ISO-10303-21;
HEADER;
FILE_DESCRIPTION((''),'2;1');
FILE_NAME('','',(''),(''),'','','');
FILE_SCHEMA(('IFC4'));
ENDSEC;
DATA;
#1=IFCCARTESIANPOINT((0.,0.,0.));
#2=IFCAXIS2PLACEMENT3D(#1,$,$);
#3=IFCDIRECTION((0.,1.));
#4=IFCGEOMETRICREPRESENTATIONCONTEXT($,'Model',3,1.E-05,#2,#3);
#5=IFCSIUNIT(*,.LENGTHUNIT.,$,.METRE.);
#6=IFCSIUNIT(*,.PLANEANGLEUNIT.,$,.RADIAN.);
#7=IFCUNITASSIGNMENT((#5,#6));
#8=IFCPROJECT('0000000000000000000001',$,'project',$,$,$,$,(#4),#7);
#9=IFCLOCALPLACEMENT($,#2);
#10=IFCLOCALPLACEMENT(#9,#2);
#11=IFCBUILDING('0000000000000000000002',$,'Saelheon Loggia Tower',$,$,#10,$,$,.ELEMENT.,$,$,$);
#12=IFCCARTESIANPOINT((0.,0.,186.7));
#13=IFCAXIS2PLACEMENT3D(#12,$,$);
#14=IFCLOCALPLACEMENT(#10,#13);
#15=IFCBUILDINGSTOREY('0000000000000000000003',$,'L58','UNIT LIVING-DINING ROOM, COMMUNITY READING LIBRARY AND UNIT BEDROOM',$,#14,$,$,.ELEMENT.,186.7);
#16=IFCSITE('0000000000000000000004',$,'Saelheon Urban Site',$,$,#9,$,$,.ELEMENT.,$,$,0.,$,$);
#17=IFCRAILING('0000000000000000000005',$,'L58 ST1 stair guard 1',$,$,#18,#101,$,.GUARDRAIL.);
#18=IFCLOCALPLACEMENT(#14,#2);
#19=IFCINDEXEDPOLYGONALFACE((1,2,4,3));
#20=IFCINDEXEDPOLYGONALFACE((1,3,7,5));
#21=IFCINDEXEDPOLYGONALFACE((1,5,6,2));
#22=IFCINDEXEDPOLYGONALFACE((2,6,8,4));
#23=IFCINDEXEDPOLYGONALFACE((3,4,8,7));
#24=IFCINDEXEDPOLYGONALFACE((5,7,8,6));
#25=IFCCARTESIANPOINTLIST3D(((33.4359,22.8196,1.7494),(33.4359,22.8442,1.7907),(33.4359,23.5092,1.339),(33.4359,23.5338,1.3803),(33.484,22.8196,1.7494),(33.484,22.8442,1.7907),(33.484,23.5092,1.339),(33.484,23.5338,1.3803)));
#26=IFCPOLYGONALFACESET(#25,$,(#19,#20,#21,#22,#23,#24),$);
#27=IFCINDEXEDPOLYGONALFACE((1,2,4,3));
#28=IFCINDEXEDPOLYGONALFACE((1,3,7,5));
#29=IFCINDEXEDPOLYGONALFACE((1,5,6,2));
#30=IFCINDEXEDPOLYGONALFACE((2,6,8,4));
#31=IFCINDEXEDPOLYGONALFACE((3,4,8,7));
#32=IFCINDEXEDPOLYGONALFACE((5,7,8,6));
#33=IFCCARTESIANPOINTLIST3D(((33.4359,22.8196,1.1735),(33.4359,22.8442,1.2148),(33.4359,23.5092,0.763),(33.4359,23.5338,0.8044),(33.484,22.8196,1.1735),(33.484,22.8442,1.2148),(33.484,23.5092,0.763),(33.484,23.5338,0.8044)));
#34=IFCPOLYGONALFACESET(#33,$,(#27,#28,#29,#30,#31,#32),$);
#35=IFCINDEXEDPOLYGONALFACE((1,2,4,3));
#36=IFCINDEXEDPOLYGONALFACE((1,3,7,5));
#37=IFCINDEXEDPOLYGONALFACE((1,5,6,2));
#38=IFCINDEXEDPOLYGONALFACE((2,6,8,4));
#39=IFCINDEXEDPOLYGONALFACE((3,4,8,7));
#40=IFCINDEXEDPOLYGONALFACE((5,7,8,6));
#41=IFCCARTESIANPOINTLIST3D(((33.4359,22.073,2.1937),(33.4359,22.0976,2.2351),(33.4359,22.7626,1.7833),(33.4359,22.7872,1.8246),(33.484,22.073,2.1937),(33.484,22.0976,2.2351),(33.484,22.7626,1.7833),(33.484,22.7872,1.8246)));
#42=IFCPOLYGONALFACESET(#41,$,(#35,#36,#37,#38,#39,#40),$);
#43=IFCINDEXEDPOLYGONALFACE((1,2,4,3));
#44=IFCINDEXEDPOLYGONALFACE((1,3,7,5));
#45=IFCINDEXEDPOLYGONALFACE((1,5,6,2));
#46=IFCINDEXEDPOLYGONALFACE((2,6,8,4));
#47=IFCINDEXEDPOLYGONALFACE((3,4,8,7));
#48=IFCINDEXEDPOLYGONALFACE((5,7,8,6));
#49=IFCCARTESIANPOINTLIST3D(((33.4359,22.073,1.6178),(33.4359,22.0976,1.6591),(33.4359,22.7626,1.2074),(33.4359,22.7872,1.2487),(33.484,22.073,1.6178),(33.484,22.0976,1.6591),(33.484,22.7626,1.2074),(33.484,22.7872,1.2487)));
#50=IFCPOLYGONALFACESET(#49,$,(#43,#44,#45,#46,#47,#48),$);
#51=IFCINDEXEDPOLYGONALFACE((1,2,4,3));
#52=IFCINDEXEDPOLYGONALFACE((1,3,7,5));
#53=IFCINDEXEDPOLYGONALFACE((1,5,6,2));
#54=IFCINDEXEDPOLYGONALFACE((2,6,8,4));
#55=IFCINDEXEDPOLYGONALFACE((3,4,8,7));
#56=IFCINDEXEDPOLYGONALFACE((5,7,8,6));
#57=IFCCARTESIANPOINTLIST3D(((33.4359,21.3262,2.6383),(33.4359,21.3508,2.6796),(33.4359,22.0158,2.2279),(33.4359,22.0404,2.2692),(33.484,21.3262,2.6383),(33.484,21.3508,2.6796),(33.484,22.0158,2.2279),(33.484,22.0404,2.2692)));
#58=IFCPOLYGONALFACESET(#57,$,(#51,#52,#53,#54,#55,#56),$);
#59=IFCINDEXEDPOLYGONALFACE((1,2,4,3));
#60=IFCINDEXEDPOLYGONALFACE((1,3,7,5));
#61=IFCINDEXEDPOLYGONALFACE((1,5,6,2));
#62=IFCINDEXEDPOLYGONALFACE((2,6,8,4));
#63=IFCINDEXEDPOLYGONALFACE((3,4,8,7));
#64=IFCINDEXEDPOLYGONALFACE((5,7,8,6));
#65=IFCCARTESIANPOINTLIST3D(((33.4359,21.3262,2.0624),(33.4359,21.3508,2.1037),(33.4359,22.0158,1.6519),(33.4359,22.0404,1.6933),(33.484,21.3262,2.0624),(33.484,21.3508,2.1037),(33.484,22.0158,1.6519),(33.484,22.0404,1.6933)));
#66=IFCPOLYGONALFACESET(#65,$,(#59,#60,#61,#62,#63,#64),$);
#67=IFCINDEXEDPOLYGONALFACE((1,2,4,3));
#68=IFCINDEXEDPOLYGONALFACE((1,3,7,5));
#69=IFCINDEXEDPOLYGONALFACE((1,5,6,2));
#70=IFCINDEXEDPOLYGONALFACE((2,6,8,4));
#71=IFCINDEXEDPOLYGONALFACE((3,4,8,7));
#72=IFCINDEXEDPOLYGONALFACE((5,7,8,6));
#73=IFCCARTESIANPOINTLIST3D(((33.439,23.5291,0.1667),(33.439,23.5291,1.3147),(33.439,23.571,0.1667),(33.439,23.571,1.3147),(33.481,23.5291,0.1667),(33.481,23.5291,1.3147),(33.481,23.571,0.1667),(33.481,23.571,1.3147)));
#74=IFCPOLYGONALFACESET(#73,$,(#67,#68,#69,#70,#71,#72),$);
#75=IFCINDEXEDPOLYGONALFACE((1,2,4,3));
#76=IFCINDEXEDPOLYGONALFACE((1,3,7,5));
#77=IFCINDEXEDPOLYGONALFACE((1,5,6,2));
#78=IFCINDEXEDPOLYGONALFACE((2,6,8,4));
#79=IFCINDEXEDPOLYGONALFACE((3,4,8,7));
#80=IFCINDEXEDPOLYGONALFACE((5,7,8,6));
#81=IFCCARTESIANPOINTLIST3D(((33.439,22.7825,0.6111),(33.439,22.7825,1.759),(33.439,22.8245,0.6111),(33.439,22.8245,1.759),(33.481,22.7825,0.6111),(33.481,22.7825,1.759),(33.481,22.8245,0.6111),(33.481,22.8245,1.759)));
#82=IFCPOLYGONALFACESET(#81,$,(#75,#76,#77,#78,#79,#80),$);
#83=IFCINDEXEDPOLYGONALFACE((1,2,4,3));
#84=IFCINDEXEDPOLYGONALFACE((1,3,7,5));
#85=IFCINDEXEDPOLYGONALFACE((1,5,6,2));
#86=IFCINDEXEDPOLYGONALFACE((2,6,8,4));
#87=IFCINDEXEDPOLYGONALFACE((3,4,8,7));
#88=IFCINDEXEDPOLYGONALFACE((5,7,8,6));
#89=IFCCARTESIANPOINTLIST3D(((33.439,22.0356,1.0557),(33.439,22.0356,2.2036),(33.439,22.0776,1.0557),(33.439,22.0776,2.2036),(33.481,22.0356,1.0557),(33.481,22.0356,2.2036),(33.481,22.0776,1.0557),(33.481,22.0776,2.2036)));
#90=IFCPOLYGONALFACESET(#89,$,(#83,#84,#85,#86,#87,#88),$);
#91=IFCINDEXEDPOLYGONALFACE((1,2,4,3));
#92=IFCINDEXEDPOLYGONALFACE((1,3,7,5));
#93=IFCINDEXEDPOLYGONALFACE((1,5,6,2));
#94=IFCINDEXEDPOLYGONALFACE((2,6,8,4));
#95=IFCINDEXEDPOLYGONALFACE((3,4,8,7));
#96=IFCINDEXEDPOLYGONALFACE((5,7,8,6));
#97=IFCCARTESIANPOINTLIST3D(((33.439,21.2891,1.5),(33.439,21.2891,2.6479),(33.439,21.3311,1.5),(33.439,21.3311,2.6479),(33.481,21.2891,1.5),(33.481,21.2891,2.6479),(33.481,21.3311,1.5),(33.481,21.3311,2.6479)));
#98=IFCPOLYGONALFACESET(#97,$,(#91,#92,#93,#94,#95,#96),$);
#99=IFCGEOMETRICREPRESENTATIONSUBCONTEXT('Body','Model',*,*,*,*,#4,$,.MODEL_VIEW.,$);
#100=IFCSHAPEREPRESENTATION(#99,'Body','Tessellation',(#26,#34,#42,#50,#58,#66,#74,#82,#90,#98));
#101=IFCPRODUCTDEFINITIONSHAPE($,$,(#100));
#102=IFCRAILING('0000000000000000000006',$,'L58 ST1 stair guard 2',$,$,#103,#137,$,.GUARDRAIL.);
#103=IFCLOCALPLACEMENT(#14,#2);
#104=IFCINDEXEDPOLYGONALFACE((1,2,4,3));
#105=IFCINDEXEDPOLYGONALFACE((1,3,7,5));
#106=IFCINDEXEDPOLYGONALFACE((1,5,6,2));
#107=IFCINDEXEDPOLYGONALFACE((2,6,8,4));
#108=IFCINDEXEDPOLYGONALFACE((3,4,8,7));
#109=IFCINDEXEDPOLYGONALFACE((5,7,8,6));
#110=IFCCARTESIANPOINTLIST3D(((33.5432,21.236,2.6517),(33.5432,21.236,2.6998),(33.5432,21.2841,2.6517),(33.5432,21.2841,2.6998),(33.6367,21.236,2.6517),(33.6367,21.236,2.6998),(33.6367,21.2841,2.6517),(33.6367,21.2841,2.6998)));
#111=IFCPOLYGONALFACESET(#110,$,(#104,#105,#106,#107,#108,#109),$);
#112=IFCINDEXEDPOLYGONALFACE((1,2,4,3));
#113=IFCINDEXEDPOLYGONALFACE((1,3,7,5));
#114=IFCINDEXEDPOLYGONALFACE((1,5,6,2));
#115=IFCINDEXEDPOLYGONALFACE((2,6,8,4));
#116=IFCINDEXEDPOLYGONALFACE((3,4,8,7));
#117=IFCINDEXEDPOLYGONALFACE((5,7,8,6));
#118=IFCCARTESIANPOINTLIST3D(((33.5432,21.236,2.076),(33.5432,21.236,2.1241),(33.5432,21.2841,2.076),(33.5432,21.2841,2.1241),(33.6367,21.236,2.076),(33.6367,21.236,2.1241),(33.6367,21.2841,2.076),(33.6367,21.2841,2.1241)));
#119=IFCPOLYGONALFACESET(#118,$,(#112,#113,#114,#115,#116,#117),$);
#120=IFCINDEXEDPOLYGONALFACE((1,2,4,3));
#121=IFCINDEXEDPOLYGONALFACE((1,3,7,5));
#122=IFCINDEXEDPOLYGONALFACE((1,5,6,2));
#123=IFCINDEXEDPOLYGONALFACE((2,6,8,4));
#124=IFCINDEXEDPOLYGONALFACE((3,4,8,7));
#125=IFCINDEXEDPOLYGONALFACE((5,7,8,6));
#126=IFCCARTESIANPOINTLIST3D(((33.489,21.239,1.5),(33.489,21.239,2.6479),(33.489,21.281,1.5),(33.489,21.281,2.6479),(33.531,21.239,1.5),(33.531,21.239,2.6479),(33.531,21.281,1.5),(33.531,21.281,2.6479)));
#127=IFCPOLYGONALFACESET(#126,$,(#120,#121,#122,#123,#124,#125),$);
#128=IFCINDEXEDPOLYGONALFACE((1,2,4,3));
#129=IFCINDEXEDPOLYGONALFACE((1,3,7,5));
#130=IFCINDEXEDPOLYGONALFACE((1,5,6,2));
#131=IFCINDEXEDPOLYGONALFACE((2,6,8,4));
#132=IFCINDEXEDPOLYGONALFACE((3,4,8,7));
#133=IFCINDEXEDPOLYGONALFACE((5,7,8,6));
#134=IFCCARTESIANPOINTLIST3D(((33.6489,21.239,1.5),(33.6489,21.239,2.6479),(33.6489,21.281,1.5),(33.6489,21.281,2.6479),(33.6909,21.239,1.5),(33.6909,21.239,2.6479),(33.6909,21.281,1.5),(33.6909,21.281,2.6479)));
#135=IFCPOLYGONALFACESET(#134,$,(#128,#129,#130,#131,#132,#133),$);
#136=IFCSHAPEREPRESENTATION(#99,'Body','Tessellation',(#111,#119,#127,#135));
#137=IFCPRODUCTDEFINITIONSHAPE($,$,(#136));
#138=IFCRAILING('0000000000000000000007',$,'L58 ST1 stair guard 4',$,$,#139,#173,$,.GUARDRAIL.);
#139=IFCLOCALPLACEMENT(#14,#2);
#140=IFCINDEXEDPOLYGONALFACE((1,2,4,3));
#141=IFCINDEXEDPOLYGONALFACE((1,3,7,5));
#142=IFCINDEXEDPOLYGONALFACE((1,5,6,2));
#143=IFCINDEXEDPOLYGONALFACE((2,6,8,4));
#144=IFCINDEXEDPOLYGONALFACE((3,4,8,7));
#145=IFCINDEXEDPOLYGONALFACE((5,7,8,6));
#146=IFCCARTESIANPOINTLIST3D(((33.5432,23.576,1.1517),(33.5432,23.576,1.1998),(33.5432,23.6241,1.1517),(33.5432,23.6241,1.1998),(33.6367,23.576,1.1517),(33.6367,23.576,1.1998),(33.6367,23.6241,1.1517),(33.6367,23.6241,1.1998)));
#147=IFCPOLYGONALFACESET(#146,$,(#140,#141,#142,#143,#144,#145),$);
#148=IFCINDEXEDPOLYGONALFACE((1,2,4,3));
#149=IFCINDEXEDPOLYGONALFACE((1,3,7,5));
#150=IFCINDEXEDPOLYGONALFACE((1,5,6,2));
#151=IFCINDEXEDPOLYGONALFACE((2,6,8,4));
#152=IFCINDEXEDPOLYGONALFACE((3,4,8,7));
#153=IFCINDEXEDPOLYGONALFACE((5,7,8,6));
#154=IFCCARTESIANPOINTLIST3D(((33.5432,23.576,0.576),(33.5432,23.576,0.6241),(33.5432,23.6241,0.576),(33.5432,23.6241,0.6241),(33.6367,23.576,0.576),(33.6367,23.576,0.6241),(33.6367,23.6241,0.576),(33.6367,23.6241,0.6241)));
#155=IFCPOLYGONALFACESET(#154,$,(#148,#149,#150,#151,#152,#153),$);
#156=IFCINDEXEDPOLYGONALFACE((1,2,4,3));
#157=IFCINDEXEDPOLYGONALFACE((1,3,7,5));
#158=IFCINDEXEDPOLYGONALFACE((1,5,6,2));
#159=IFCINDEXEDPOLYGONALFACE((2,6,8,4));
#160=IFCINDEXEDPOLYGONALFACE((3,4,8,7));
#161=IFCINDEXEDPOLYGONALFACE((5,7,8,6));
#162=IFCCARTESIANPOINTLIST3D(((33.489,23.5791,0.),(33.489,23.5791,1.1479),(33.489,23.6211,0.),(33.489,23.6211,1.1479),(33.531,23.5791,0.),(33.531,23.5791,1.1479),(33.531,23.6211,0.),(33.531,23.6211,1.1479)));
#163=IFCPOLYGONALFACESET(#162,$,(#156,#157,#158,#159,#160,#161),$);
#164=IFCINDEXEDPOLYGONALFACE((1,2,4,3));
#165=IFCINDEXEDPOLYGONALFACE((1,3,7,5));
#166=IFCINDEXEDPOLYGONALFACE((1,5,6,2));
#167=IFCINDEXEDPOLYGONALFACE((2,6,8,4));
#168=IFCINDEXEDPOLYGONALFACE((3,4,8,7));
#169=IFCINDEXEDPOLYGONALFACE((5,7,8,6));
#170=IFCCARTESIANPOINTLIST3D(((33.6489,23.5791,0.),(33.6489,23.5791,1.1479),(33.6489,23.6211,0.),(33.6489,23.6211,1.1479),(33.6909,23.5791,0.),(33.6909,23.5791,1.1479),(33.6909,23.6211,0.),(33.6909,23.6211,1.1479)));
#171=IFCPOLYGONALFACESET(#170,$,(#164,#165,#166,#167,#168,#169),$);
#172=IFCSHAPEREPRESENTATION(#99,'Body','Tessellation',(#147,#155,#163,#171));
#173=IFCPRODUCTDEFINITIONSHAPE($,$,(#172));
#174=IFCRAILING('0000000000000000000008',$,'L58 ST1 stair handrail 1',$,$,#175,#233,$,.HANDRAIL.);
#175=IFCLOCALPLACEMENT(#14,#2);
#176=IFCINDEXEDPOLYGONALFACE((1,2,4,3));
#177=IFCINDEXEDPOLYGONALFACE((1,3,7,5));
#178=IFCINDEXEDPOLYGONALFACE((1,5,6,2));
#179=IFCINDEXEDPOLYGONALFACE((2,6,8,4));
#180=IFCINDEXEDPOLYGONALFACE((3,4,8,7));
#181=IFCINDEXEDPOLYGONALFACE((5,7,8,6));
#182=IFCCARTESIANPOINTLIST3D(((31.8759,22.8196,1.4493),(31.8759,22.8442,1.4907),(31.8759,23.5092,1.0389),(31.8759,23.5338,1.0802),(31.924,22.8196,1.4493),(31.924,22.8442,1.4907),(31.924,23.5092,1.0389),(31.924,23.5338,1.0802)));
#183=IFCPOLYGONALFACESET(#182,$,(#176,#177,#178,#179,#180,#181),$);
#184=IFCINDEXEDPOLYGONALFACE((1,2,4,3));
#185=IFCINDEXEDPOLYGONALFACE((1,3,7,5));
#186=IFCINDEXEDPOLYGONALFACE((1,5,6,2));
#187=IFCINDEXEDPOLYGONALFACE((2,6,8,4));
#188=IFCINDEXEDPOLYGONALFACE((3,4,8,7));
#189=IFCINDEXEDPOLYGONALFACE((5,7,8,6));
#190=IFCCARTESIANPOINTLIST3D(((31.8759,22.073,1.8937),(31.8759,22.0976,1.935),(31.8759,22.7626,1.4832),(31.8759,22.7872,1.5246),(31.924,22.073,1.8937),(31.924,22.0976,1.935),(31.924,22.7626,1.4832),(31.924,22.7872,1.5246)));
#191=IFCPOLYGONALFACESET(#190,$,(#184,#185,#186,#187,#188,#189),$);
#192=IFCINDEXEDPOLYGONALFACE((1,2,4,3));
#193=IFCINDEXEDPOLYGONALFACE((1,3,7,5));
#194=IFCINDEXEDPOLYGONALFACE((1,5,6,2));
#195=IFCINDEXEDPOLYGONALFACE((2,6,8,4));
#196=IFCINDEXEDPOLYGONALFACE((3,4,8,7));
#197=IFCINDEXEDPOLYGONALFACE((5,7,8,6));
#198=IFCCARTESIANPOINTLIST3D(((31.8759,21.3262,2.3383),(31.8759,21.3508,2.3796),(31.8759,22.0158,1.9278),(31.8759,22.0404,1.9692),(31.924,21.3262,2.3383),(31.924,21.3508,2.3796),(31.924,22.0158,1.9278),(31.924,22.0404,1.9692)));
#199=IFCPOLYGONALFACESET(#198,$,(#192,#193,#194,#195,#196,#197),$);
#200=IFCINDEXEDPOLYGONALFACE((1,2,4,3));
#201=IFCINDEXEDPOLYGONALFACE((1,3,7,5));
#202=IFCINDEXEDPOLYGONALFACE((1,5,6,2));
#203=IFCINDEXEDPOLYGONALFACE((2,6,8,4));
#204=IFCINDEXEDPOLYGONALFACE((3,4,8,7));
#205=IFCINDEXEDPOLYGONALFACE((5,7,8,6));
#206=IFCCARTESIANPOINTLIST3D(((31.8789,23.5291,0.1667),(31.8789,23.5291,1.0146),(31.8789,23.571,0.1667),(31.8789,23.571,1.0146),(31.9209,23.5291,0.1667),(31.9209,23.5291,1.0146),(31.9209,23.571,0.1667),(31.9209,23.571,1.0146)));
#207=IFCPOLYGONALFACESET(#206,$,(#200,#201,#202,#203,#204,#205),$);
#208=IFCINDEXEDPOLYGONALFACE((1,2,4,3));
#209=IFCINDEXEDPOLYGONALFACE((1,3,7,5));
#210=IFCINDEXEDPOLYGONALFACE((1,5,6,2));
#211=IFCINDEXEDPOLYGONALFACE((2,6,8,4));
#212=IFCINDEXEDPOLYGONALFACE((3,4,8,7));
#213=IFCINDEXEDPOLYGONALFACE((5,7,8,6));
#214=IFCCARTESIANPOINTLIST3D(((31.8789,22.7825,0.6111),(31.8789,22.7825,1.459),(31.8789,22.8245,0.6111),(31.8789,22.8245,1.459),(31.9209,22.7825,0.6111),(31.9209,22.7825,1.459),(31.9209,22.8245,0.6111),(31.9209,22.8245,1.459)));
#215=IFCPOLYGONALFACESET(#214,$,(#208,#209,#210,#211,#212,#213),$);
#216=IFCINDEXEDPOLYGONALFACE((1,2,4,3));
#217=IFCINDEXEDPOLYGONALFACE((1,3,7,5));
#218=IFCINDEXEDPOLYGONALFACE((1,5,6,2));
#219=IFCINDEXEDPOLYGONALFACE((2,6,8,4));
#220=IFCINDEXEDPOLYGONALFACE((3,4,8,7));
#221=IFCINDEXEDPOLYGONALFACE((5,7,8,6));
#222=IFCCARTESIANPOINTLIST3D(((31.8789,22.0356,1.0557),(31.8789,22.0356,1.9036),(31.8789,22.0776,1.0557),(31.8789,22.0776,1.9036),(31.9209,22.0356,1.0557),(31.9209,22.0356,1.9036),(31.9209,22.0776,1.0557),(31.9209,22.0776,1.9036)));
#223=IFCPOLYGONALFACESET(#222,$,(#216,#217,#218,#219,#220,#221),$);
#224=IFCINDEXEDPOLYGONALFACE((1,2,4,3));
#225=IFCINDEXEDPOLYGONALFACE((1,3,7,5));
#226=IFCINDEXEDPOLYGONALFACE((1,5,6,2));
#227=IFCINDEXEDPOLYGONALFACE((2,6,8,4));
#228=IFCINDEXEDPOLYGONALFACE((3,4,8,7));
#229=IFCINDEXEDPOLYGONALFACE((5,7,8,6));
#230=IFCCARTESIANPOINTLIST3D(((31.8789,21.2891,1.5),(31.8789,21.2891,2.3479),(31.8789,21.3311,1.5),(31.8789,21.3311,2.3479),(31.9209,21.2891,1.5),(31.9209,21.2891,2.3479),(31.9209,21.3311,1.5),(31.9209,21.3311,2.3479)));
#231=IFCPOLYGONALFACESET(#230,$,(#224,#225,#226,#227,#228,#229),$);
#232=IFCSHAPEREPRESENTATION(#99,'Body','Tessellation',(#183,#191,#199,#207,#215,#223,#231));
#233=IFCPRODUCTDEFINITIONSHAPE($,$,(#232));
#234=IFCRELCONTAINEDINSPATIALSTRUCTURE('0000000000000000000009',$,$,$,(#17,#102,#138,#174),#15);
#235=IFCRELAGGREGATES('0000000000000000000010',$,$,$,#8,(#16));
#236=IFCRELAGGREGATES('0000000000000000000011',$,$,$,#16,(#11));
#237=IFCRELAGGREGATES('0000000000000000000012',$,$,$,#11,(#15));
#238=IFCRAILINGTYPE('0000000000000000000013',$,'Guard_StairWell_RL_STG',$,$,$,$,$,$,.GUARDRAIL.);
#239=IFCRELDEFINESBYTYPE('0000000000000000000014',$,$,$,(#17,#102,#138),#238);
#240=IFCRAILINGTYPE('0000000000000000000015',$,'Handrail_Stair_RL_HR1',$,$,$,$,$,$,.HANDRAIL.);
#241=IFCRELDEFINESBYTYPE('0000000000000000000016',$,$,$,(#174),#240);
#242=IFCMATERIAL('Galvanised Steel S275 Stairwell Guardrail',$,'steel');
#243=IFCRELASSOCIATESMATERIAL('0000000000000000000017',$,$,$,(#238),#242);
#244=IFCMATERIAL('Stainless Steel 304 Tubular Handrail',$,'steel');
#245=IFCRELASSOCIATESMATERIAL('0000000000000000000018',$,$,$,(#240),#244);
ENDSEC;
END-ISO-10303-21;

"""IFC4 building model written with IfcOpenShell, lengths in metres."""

from ifc_helpers import new_model, si_unit, direction, frame, origin, origin_2d, place, context, subcontext, project, spatial, rectangle, extrude, material, type_object, element, save


model = new_model("IFC4")

# Units and contexts
model_context = context("Model", 3, precision=1e-05, world=origin(), true_north=direction((0.0, 1.0)))
body_context = subcontext(model_context, "Body", "Model", "MODEL_VIEW")
ifc_project = project(units=[si_unit("LENGTHUNIT", "METRE"), si_unit("PLANEANGLEUNIT", "RADIAN")], contexts=[model_context])

# Site, building, storey
site_placement = place(None, origin())
site = spatial("IfcSite", under=ifc_project, at=site_placement, Name="Saelheon Urban Site", CompositionType="ELEMENT", RefElevation=0.0)
building_placement = place(site_placement, origin())
building = spatial("IfcBuilding", under=site, at=building_placement, Name="Saelheon Loggia Tower", CompositionType="ELEMENT")
storey_placement = place(building_placement, frame((0.0, 0.0, 186.7)))
storey = spatial("IfcBuildingStorey", under=building, at=storey_placement, Name="L58", Description="UNIT LIVING-DINING ROOM, COMMUNITY READING LIBRARY AND UNIT BEDROOM", CompositionType="ELEMENT", Elevation=186.7)

# Railings
ifc_material_1 = material(Name="Galvanised Steel S275 Stairwell Guardrail", Category="steel")
railing_type_1 = type_object("IfcRailingType", Name="Guard_StairWell_RL_STG", PredefinedType="GUARDRAIL", material=ifc_material_1)
railing_1_placement = place(storey_placement, frame((33.46, 23.55, 0.1667)))
element("IfcRailing", 1, at=railing_1_placement, inside=storey, type_object=railing_type_1, Name="L58 ST1 stair guard 1", PredefinedType="GUARDRAIL", context=body_context, shape_type="SweptSolid", body=[
    extrude(rectangle(XDim=0.0481, YDim=0.0481, at=origin_2d()), frame((0.0, -0.0286, 1.1929), z_axis=(0.0, -0.859306, 0.511462), x_axis=(1.0, 0.0, 0.0)), (0.0, 0.0, 1.0), 0.8025),
    extrude(rectangle(XDim=0.0481, YDim=0.0481, at=origin_2d()), frame((0.0, -0.0286, 0.6169), z_axis=(0.0, -0.859306, 0.511462), x_axis=(1.0, 0.0, 0.0)), (0.0, 0.0, 1.0), 0.8025),
    extrude(rectangle(XDim=0.0481, YDim=0.0481, at=origin_2d()), frame((0.0, -0.7751, 1.6372), z_axis=(0.0, -0.859306, 0.511462), x_axis=(1.0, 0.0, 0.0)), (0.0, 0.0, 1.0), 0.8025),
    extrude(rectangle(XDim=0.0481, YDim=0.0481, at=origin_2d()), frame((0.0, -0.7751, 1.0613), z_axis=(0.0, -0.859306, 0.511462), x_axis=(1.0, 0.0, 0.0)), (0.0, 0.0, 1.0), 0.8025),
    extrude(rectangle(XDim=0.0481, YDim=0.0481, at=origin_2d()), frame((0.0, -1.522, 2.0818), z_axis=(0.0, -0.859306, 0.511462), x_axis=(1.0, 0.0, 0.0)), (0.0, 0.0, 1.0), 0.8025),
    extrude(rectangle(XDim=0.0481, YDim=0.0481, at=origin_2d()), frame((0.0, -1.522, 1.5059), z_axis=(0.0, -0.859306, 0.511462), x_axis=(1.0, 0.0, 0.0)), (0.0, 0.0, 1.0), 0.8025),
    extrude(rectangle(XDim=0.042, YDim=0.042, at=origin_2d()), origin(), (0.0, 0.0, 1.0), 1.1479),
    extrude(rectangle(XDim=0.042, YDim=0.042, at=origin_2d()), frame((0.0, -0.7466, 0.4443)), (0.0, 0.0, 1.0), 1.1479),
    extrude(rectangle(XDim=0.042, YDim=0.042, at=origin_2d()), frame((0.0, -1.4934, 0.8889)), (0.0, 0.0, 1.0), 1.1479),
    extrude(rectangle(XDim=0.042, YDim=0.042, at=origin_2d()), frame((0.0, -2.24, 1.3333)), (0.0, 0.0, 1.0), 1.1479),
])
for number, where, name in (
    (2, (33.51, 21.26, 1.5), "L58 ST1 stair guard 2"),
    (3, (33.51, 23.6001, 0.0), "L58 ST1 stair guard 4"),
):
    element("IfcRailing", number, at=place(storey_placement, frame(where)), inside=storey, type_object=railing_type_1, Name=name, PredefinedType="GUARDRAIL", context=body_context, shape_type="SweptSolid", body=[
        extrude(rectangle(XDim=0.0481, YDim=0.0481, at=origin_2d()), frame((0.0332, 0.0, 1.1758), z_axis=(1.0, 0.0, 0.0), x_axis=(0.0, 1.0, 0.0)), (0.0, 0.0, 1.0), 0.0935),
        extrude(rectangle(XDim=0.0481, YDim=0.0481, at=origin_2d()), frame((0.0332, 0.0, 0.6001), z_axis=(1.0, 0.0, 0.0), x_axis=(0.0, 1.0, 0.0)), (0.0, 0.0, 1.0), 0.0935),
        extrude(rectangle(XDim=0.042, YDim=0.042, at=origin_2d()), origin(), (0.0, 0.0, 1.0), 1.1479),
        extrude(rectangle(XDim=0.042, YDim=0.042, at=origin_2d()), frame((0.1599, 0.0, 0.0)), (0.0, 0.0, 1.0), 1.1479),
    ])
ifc_material_2 = material(Name="Stainless Steel 304 Tubular Handrail", Category="steel")
railing_type_2 = type_object("IfcRailingType", Name="Handrail_Stair_RL_HR1", PredefinedType="HANDRAIL", material=ifc_material_2)
railing_2_placement = place(storey_placement, frame((31.8999, 23.55, 0.1667)))
element("IfcRailing", 4, at=railing_2_placement, inside=storey, type_object=railing_type_2, Name="L58 ST1 stair handrail 1", PredefinedType="HANDRAIL", context=body_context, shape_type="SweptSolid", body=[
    extrude(rectangle(XDim=0.0481, YDim=0.0481, at=origin_2d()), frame((0.0, -0.0286, 0.8928), z_axis=(0.0, -0.859306, 0.511462), x_axis=(1.0, 0.0, 0.0)), (0.0, 0.0, 1.0), 0.8025),
    extrude(rectangle(XDim=0.0481, YDim=0.0481, at=origin_2d()), frame((0.0, -0.7751, 1.3372), z_axis=(0.0, -0.859306, 0.511462), x_axis=(1.0, 0.0, 0.0)), (0.0, 0.0, 1.0), 0.8025),
    extrude(rectangle(XDim=0.0481, YDim=0.0481, at=origin_2d()), frame((0.0, -1.522, 1.7817), z_axis=(0.0, -0.859306, 0.511462), x_axis=(1.0, 0.0, 0.0)), (0.0, 0.0, 1.0), 0.8025),
    extrude(rectangle(XDim=0.042, YDim=0.042, at=origin_2d()), origin(), (0.0, 0.0, 1.0), 0.8479),
    extrude(rectangle(XDim=0.042, YDim=0.042, at=origin_2d()), frame((0.0, -0.7466, 0.4443)), (0.0, 0.0, 1.0), 0.8479),
    extrude(rectangle(XDim=0.042, YDim=0.042, at=origin_2d()), frame((0.0, -1.4934, 0.8889)), (0.0, 0.0, 1.0), 0.8479),
    extrude(rectangle(XDim=0.042, YDim=0.042, at=origin_2d()), frame((0.0, -2.24, 1.3333)), (0.0, 0.0, 1.0), 0.8479),
])

save(model, "model.ifc")
